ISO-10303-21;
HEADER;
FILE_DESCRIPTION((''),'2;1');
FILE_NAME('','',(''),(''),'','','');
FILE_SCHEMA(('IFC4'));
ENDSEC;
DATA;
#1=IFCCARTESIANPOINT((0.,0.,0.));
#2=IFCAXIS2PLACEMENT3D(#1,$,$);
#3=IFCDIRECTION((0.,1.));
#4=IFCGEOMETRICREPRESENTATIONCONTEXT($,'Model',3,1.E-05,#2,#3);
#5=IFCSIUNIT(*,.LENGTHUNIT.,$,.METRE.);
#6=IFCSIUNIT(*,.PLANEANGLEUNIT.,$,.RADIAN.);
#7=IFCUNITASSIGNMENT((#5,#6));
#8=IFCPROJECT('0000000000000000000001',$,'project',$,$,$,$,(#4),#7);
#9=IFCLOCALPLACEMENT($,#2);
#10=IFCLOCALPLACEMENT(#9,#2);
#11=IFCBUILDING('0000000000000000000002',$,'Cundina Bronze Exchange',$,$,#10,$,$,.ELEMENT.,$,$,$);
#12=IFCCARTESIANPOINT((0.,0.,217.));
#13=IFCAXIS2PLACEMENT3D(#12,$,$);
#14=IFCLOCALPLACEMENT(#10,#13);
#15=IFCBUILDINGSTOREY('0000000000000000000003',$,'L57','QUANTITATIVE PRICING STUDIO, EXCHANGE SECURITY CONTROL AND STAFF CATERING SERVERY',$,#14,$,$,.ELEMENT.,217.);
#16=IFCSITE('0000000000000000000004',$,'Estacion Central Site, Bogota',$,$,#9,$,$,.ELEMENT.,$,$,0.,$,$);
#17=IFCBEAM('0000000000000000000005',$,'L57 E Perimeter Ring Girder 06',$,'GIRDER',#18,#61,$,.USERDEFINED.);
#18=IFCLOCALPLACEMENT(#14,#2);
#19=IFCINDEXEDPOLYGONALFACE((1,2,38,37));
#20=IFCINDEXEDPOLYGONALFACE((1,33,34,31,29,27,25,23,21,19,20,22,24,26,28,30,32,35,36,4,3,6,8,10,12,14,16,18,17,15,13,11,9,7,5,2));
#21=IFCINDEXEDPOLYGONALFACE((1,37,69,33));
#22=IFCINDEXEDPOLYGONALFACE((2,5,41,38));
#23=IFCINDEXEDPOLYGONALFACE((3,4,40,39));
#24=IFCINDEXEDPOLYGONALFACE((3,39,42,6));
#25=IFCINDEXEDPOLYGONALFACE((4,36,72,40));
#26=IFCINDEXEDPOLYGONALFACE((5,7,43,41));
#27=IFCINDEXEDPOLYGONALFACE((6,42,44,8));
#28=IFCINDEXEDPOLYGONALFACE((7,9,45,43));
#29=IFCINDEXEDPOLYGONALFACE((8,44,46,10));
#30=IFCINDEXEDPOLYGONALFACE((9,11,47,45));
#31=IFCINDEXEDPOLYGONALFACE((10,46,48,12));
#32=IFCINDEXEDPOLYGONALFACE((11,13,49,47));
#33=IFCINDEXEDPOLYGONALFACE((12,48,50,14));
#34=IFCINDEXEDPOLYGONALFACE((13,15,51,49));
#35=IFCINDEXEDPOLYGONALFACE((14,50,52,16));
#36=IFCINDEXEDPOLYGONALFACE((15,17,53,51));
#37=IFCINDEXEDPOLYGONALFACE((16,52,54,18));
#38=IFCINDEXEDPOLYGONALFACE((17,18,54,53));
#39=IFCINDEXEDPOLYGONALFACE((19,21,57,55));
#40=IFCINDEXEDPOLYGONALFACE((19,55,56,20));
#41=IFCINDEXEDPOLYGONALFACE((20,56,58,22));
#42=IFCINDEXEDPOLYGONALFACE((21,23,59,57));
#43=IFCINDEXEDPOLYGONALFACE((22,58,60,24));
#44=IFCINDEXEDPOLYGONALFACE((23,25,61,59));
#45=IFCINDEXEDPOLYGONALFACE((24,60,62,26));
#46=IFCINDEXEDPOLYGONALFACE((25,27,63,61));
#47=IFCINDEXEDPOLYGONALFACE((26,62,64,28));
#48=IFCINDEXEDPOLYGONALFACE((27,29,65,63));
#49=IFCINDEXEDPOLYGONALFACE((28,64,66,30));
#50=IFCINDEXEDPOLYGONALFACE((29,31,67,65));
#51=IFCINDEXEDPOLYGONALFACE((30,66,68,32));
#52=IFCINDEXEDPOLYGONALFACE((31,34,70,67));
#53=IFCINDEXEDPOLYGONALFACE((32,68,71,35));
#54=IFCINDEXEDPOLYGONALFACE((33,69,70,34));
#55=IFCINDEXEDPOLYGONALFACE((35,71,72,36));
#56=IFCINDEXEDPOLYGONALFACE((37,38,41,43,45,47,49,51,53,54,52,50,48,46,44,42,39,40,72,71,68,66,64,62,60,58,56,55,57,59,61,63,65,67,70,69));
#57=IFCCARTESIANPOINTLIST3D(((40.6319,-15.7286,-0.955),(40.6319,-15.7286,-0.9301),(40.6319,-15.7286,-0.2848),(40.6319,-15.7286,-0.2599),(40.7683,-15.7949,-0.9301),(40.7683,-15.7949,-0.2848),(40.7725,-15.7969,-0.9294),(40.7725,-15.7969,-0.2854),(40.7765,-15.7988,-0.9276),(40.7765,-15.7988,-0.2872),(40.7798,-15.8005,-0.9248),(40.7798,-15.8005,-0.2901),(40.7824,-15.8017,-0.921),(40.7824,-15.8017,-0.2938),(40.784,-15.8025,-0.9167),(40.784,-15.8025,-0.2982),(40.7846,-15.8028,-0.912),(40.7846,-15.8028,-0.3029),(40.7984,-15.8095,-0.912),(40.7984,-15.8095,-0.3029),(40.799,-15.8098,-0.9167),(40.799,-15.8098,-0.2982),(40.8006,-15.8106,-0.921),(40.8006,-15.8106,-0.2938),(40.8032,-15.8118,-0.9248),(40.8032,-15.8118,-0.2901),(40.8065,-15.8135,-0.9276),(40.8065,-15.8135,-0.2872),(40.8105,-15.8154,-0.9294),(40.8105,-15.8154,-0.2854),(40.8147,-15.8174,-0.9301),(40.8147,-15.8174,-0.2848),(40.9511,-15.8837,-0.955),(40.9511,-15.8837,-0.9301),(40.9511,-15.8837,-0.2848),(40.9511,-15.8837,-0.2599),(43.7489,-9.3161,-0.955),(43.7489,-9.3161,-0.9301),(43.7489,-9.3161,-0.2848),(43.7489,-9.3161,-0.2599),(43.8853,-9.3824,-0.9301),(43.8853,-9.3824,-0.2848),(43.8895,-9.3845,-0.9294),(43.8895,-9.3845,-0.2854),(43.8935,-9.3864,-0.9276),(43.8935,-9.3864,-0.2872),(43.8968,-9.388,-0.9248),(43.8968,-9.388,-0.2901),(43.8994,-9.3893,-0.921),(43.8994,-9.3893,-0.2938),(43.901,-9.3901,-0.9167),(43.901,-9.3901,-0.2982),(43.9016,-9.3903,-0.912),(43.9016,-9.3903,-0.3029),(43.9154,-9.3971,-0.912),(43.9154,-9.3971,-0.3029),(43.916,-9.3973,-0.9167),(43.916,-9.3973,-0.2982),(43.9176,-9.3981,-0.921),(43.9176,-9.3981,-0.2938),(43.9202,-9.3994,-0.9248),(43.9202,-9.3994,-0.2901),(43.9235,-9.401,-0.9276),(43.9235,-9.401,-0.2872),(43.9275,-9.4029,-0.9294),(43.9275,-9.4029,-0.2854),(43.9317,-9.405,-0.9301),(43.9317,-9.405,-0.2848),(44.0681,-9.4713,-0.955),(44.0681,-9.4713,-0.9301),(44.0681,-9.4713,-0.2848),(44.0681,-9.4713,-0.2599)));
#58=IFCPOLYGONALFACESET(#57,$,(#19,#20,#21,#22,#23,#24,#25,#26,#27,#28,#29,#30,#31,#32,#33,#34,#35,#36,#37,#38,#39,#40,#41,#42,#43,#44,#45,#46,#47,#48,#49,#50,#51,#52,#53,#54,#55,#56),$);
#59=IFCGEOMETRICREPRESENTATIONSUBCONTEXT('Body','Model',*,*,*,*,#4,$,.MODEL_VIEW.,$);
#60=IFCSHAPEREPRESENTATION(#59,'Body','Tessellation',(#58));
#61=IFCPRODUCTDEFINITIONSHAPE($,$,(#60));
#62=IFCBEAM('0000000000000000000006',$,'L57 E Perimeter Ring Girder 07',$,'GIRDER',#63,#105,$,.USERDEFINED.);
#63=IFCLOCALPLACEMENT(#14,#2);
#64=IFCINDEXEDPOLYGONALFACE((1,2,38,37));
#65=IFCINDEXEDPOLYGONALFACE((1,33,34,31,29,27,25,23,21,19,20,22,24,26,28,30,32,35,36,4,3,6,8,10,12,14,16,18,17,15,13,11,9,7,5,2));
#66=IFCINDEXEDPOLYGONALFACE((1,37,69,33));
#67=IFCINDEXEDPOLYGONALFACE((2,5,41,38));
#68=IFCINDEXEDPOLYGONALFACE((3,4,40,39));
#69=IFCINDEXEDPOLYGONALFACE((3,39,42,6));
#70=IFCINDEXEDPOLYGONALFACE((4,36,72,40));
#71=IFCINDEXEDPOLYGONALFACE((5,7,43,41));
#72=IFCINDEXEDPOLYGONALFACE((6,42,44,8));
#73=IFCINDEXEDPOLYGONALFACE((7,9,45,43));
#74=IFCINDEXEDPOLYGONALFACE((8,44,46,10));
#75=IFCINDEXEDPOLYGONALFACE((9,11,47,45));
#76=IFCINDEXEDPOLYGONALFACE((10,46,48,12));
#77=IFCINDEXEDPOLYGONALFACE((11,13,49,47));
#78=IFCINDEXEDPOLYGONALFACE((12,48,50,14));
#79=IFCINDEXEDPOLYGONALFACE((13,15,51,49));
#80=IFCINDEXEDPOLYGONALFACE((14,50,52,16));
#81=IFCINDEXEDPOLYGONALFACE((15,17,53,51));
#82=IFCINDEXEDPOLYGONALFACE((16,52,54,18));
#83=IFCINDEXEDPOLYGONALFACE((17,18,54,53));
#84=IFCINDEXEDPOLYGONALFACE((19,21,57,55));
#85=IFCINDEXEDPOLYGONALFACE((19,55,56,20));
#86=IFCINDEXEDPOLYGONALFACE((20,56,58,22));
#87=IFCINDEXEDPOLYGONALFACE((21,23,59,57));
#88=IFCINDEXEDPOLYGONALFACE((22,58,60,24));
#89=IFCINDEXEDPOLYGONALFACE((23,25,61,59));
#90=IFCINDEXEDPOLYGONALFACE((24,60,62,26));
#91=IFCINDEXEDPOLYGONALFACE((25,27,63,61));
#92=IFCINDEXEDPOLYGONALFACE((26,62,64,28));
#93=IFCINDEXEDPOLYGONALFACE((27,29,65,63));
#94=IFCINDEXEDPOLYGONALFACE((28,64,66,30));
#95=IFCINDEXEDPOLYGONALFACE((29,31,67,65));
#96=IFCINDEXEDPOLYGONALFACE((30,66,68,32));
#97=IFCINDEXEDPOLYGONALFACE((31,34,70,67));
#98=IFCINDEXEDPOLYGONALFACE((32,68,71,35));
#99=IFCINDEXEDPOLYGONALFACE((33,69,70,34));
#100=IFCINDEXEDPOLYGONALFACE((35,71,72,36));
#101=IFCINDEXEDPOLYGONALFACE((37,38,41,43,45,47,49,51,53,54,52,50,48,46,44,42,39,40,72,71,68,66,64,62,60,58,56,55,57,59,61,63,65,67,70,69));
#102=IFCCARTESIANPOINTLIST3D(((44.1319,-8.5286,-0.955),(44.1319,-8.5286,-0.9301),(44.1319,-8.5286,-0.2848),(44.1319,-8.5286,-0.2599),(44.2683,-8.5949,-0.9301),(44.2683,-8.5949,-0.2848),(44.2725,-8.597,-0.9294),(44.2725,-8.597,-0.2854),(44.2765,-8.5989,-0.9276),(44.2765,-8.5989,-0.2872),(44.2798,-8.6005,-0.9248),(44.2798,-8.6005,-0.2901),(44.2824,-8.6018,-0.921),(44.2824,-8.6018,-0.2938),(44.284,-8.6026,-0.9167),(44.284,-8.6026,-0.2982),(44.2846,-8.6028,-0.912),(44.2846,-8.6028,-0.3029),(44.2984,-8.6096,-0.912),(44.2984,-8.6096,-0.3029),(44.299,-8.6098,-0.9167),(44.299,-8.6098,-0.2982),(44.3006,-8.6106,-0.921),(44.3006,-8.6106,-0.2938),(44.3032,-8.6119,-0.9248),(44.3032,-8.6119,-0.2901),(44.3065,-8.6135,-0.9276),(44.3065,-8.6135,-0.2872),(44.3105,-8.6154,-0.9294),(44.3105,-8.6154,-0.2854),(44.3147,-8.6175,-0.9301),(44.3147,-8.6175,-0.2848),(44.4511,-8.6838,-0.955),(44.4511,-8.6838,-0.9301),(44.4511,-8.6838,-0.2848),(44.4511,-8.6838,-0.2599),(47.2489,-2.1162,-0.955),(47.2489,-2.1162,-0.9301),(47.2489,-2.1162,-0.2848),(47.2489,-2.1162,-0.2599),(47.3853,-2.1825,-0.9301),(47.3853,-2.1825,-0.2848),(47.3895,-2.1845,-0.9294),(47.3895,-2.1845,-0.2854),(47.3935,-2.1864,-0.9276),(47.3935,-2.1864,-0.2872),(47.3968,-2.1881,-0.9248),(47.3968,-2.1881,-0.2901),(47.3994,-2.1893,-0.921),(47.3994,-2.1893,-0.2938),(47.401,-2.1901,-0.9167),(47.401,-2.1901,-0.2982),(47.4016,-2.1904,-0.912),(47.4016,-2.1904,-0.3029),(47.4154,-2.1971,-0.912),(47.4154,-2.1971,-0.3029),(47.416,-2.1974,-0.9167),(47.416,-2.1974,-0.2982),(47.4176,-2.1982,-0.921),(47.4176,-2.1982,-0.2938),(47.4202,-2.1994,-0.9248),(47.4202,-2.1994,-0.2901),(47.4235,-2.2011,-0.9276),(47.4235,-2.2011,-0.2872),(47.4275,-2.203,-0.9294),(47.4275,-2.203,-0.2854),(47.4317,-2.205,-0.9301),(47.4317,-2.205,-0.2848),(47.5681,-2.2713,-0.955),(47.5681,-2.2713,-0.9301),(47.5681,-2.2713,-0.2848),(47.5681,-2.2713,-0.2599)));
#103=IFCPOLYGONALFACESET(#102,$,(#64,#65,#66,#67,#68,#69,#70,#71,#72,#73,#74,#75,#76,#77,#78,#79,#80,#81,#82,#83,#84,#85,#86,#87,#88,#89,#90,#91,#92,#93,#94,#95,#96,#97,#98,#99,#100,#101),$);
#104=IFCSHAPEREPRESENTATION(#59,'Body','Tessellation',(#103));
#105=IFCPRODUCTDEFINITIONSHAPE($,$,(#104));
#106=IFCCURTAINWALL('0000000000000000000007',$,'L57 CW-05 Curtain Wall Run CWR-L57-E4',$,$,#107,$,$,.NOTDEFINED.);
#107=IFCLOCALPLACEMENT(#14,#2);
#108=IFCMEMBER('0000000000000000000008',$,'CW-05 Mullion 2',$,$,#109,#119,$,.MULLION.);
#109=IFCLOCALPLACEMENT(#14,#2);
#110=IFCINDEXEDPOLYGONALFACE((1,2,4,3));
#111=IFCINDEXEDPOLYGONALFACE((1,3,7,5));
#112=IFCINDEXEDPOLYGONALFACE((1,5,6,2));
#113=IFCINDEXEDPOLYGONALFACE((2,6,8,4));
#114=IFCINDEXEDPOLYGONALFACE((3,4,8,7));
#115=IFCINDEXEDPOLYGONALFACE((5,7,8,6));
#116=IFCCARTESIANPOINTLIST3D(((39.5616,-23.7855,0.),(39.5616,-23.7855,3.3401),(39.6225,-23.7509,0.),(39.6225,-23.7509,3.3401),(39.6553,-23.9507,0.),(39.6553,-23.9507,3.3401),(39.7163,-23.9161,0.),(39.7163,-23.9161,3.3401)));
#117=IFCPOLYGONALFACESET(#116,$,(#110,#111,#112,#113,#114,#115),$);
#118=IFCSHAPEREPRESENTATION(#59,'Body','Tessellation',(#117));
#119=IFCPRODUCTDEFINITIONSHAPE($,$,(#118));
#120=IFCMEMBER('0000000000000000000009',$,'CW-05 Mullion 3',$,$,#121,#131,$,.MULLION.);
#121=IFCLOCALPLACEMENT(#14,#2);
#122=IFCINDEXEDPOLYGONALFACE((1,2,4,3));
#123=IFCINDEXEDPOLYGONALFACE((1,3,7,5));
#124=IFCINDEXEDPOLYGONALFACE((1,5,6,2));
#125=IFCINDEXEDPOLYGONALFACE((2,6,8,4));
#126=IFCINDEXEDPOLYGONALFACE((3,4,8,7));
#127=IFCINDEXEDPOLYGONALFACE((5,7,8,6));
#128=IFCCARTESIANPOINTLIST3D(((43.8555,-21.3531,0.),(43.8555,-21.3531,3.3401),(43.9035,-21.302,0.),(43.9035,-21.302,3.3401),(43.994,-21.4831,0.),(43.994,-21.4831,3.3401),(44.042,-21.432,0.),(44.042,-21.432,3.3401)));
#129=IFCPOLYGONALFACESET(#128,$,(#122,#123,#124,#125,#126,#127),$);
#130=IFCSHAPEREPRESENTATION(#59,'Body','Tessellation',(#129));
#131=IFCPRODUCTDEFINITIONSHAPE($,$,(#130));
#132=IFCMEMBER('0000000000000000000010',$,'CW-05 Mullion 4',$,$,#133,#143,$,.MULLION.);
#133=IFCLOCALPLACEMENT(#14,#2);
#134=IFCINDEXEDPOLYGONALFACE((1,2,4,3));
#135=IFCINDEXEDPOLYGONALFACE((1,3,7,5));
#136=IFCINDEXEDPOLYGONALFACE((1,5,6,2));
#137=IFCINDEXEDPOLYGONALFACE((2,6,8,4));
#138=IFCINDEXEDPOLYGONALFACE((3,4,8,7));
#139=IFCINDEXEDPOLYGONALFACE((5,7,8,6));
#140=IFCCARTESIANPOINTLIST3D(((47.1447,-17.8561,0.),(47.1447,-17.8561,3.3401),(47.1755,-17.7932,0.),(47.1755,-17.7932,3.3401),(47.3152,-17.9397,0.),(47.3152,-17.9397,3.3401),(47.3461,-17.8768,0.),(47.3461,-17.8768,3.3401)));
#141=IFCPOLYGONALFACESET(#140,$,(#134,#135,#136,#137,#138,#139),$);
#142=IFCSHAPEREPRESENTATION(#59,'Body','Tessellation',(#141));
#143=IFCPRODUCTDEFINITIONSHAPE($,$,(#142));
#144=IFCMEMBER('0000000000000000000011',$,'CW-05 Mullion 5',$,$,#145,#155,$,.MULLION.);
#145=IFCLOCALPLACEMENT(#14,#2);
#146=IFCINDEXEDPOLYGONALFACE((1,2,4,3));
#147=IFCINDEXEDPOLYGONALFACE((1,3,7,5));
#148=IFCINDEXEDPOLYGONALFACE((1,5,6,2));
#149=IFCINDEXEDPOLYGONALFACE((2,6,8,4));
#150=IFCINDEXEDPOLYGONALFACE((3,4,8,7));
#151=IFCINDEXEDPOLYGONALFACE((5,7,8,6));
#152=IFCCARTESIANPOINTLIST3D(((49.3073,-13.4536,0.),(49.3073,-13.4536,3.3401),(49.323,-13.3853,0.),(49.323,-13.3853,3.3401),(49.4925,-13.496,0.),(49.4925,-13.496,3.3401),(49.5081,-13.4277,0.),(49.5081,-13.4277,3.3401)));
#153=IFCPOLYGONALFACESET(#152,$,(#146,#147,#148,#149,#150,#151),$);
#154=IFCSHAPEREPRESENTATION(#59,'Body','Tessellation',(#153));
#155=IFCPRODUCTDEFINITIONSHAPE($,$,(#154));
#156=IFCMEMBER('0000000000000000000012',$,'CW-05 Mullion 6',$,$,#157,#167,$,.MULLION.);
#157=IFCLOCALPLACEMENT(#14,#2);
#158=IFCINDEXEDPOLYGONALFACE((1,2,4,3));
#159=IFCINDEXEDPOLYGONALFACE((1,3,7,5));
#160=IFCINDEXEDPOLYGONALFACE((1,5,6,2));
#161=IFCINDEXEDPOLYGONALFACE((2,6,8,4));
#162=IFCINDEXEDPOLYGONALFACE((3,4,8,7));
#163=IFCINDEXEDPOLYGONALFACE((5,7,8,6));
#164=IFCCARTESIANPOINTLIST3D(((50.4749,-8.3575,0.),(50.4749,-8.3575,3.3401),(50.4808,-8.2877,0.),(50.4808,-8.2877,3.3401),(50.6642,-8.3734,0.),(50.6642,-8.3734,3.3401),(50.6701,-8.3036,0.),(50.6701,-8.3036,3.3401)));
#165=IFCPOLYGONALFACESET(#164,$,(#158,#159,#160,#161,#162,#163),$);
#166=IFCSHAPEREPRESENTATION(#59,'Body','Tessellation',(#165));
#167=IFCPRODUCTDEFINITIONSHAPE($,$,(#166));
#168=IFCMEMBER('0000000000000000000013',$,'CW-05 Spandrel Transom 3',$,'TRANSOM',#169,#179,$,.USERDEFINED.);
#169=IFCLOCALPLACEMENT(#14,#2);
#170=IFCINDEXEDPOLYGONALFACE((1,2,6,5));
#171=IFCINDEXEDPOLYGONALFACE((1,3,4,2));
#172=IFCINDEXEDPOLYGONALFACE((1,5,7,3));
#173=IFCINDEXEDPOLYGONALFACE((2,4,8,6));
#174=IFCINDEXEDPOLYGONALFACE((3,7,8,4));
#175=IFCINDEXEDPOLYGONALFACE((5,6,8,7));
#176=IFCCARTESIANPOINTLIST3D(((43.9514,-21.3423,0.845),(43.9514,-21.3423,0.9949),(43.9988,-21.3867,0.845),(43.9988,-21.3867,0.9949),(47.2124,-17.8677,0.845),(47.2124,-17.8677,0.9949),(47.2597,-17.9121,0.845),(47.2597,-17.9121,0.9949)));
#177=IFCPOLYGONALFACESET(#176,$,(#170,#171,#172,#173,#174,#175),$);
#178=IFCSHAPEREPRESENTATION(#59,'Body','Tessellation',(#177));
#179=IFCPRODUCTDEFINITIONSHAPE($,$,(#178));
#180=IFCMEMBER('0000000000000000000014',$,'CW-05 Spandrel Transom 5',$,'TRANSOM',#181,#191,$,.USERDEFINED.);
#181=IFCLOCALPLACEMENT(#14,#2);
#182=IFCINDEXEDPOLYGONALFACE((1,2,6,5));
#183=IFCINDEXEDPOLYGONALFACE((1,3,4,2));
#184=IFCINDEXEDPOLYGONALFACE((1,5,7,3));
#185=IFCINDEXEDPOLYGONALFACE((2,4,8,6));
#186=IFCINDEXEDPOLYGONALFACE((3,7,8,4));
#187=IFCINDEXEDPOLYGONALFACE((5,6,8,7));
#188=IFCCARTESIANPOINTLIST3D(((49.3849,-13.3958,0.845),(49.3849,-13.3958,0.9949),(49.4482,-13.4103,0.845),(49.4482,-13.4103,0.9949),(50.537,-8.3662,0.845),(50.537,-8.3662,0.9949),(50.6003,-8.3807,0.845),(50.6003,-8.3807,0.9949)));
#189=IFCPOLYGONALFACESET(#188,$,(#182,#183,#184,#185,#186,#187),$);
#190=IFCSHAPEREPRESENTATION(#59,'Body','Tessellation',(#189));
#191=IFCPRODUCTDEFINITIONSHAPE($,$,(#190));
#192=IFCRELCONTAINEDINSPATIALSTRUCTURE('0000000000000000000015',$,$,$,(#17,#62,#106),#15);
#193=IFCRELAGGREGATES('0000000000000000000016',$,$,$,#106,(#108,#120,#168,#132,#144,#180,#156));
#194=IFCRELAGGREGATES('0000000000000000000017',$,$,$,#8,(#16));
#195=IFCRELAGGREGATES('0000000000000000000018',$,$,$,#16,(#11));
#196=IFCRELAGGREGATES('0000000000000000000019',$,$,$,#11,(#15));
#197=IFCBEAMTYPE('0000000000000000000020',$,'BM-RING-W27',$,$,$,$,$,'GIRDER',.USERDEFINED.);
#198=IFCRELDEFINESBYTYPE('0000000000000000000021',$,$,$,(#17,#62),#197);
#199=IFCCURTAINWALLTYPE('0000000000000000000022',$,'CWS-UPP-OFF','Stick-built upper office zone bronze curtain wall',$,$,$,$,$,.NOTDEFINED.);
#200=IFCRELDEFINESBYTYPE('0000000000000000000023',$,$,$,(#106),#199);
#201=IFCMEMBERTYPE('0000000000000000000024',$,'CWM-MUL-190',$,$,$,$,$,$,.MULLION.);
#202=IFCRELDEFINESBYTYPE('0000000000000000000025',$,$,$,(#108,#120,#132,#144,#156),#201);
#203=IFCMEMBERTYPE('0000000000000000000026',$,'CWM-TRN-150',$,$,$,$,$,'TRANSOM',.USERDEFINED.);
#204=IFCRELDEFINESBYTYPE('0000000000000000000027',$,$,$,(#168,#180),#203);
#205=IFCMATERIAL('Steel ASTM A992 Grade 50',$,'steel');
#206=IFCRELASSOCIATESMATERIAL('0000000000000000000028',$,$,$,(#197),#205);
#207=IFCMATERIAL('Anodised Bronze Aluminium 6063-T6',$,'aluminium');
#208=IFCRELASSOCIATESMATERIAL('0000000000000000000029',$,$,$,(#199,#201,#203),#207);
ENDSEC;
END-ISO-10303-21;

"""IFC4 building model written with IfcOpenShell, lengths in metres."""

from ifc_helpers import new_model, si_unit, direction, frame, origin, origin_2d, place, context, subcontext, project, spatial, rectangle, i_section, extrude, material, material_profile, profile_set, type_object, element, aggregate, save


model = new_model("IFC4")

# Units and contexts
model_context = context("Model", 3, precision=1e-05, world=origin(), true_north=direction((0.0, 1.0)))
body_context = subcontext(model_context, "Body", "Model", "MODEL_VIEW")
ifc_project = project(units=[si_unit("LENGTHUNIT", "METRE"), si_unit("PLANEANGLEUNIT", "RADIAN")], contexts=[model_context])

# Site, building, storey
site_placement = place(None, origin())
site = spatial("IfcSite", under=ifc_project, at=site_placement, Name="Estacion Central Site, Bogota", CompositionType="ELEMENT", RefElevation=0.0)
building_placement = place(site_placement, origin())
building = spatial("IfcBuilding", under=site, at=building_placement, Name="Cundina Bronze Exchange", CompositionType="ELEMENT")
storey_placement = place(building_placement, frame((0.0, 0.0, 217.0)))
storey = spatial("IfcBuildingStorey", under=building, at=storey_placement, Name="L57", Description="QUANTITATIVE PRICING STUDIO, EXCHANGE SECURITY CONTROL AND STAFF CATERING SERVERY", CompositionType="ELEMENT", Elevation=217.0)

# Beams
ifc_material_1 = material(Name="Steel ASTM A992 Grade 50", Category="steel")
ifc_material_profile_1 = material_profile(ifc_material_1, i_section(OverallWidth=0.355, OverallDepth=0.6951, WebThickness=0.0154, FlangeThickness=0.0249, FilletRadius=0.0181, at=origin_2d()), Name="W27X146", Category="steel")
ifc_profile_set_1 = profile_set([ifc_material_profile_1], Name="Steel ASTM A992 Grade 50")
beam_type_1 = type_object("IfcBeamType", Name="BM-RING-W27", ElementType="GIRDER", PredefinedType="USERDEFINED", material=ifc_profile_set_1)
for number, where, z_axis, x_axis, name in (
    (1, (40.7915, -15.8062, -0.6074), (0.437173, 0.899377, 0.0), (-0.899377, 0.437173, 0.0), "L57 E Perimeter Ring Girder 06"),
    (2, (44.2915, -8.6062, -0.6074), (0.437173, 0.899377, 0.0), (-0.899377, 0.437173, 0.0), "L57 E Perimeter Ring Girder 07"),
):
    element("IfcBeam", number, at=place(storey_placement, frame(where, z_axis=z_axis, x_axis=x_axis)), inside=storey, type_object=beam_type_1, Name=name, ObjectType="GIRDER", PredefinedType="USERDEFINED", context=body_context, shape_type="SweptSolid", body=[
        extrude(i_section(OverallWidth=0.355, OverallDepth=0.6951, WebThickness=0.0154, FlangeThickness=0.0249, FilletRadius=0.0181, at=origin_2d()), origin(), (0.0, 0.0, 1.0), 7.1299),
    ])

# Curtain wall, members
ifc_material_2 = material(Name="Anodised Bronze Aluminium 6063-T6", Category="aluminium")
curtain_wall_type = type_object("IfcCurtainWallType", Name="CWS-UPP-OFF", Description="Stick-built upper office zone bronze curtain wall", PredefinedType="NOTDEFINED", material=ifc_material_2)
curtain_wall_placement = place(storey_placement, origin())
curtain_wall = element("IfcCurtainWall", 3, at=curtain_wall_placement, inside=storey, type_object=curtain_wall_type, Name="L57 CW-05 Curtain Wall Run CWR-L57-E4", PredefinedType="NOTDEFINED")
ifc_material_profile_2 = material_profile(ifc_material_2, rectangle(XDim=0.0701, YDim=0.1899, at=origin_2d()), Name="AL70X190", Category="aluminium")
ifc_profile_set_2 = profile_set([ifc_material_profile_2], Name="Anodised Bronze Aluminium 6063-T6")
member_type_1 = type_object("IfcMemberType", Name="CWM-MUL-190", PredefinedType="MULLION", material=ifc_profile_set_2)
member_1_placement = place(storey_placement, frame((39.6389, -23.8508, 0.0), z_axis=(0.0, 0.0, 1.0), x_axis=(0.869581, 0.49379, 0.0)))
member_1 = element("IfcMember", 4, at=member_1_placement, type_object=member_type_1, Name="CW-05 Mullion 2", PredefinedType="MULLION", context=body_context, shape_type="SweptSolid", body=[
    extrude(rectangle(XDim=0.0701, YDim=0.1899, at=origin_2d()), origin(), (0.0, 0.0, 1.0), 3.3401),
])
member_2_placement = place(storey_placement, frame((43.9487, -21.3926, 0.0), z_axis=(0.0, 0.0, 1.0), x_axis=(0.684293, 0.729208, 0.0)))
member_2 = element("IfcMember", 5, at=member_2_placement, type_object=member_type_1, Name="CW-05 Mullion 3", PredefinedType="MULLION", context=body_context, shape_type="SweptSolid", body=[
    extrude(rectangle(XDim=0.0701, YDim=0.1899, at=origin_2d()), origin(), (0.0, 0.0, 1.0), 3.3401),
])
member_3_placement = place(storey_placement, frame((47.2454, -17.8665, 0.0), z_axis=(0.0, 0.0, 1.0), x_axis=(0.440566, 0.89772, 0.0)))
member_3 = element("IfcMember", 6, at=member_3_placement, type_object=member_type_1, Name="CW-05 Mullion 4", PredefinedType="MULLION", context=body_context, shape_type="SweptSolid", body=[
    extrude(rectangle(XDim=0.0701, YDim=0.1899, at=origin_2d()), origin(), (0.0, 0.0, 1.0), 3.3401),
])
member_4_placement = place(storey_placement, frame((49.4077, -13.4407, 0.0), z_axis=(0.0, 0.0, 1.0), x_axis=(0.22325, 0.974761, 0.0)))
member_4 = element("IfcMember", 7, at=member_4_placement, type_object=member_type_1, Name="CW-05 Mullion 5", PredefinedType="MULLION", context=body_context, shape_type="SweptSolid", body=[
    extrude(rectangle(XDim=0.0701, YDim=0.1899, at=origin_2d()), origin(), (0.0, 0.0, 1.0), 3.3401),
])
member_5_placement = place(storey_placement, frame((50.5725, -8.3306, 0.0), z_axis=(0.0, 0.0, 1.0), x_axis=(0.083678, 0.996493, 0.0)))
member_5 = element("IfcMember", 8, at=member_5_placement, type_object=member_type_1, Name="CW-05 Mullion 6", PredefinedType="MULLION", context=body_context, shape_type="SweptSolid", body=[
    extrude(rectangle(XDim=0.0701, YDim=0.1899, at=origin_2d()), origin(), (0.0, 0.0, 1.0), 3.3401),
])
ifc_material_profile_3 = material_profile(ifc_material_2, rectangle(XDim=0.0649, YDim=0.1499, at=origin_2d()), Name="AL65X150", Category="aluminium")
ifc_profile_set_3 = profile_set([ifc_material_profile_3], Name="Anodised Bronze Aluminium 6063-T6")
member_type_2 = type_object("IfcMemberType", Name="CWM-TRN-150", ElementType="TRANSOM", PredefinedType="USERDEFINED", material=ifc_profile_set_3)
member_6_placement = place(storey_placement, frame((43.9751, -21.3645, 0.9199), z_axis=(0.684336, 0.729166, 0.0), x_axis=(-0.729166, 0.684336, 0.0)))
member_6 = element("IfcMember", 9, at=member_6_placement, type_object=member_type_2, Name="CW-05 Spandrel Transom 3", ObjectType="TRANSOM", PredefinedType="USERDEFINED", context=body_context, shape_type="SweptSolid", body=[
    extrude(rectangle(XDim=0.0649, YDim=0.1499, at=origin_2d()), origin(), (0.0, 0.0, 1.0), 4.7651),
])
member_7_placement = place(storey_placement, frame((49.4165, -13.4031, 0.9199), z_axis=(0.223283, 0.974754, 0.0), x_axis=(-0.974754, 0.223283, 0.0)))
member_7 = element("IfcMember", 10, at=member_7_placement, type_object=member_type_2, Name="CW-05 Spandrel Transom 5", ObjectType="TRANSOM", PredefinedType="USERDEFINED", context=body_context, shape_type="SweptSolid", body=[
    extrude(rectangle(XDim=0.0649, YDim=0.1499, at=origin_2d()), origin(), (0.0, 0.0, 1.0), 5.1599),
])
aggregate(curtain_wall, [member_1, member_2, member_6, member_3, member_4, member_7, member_5])

save(model, "model.ifc")
